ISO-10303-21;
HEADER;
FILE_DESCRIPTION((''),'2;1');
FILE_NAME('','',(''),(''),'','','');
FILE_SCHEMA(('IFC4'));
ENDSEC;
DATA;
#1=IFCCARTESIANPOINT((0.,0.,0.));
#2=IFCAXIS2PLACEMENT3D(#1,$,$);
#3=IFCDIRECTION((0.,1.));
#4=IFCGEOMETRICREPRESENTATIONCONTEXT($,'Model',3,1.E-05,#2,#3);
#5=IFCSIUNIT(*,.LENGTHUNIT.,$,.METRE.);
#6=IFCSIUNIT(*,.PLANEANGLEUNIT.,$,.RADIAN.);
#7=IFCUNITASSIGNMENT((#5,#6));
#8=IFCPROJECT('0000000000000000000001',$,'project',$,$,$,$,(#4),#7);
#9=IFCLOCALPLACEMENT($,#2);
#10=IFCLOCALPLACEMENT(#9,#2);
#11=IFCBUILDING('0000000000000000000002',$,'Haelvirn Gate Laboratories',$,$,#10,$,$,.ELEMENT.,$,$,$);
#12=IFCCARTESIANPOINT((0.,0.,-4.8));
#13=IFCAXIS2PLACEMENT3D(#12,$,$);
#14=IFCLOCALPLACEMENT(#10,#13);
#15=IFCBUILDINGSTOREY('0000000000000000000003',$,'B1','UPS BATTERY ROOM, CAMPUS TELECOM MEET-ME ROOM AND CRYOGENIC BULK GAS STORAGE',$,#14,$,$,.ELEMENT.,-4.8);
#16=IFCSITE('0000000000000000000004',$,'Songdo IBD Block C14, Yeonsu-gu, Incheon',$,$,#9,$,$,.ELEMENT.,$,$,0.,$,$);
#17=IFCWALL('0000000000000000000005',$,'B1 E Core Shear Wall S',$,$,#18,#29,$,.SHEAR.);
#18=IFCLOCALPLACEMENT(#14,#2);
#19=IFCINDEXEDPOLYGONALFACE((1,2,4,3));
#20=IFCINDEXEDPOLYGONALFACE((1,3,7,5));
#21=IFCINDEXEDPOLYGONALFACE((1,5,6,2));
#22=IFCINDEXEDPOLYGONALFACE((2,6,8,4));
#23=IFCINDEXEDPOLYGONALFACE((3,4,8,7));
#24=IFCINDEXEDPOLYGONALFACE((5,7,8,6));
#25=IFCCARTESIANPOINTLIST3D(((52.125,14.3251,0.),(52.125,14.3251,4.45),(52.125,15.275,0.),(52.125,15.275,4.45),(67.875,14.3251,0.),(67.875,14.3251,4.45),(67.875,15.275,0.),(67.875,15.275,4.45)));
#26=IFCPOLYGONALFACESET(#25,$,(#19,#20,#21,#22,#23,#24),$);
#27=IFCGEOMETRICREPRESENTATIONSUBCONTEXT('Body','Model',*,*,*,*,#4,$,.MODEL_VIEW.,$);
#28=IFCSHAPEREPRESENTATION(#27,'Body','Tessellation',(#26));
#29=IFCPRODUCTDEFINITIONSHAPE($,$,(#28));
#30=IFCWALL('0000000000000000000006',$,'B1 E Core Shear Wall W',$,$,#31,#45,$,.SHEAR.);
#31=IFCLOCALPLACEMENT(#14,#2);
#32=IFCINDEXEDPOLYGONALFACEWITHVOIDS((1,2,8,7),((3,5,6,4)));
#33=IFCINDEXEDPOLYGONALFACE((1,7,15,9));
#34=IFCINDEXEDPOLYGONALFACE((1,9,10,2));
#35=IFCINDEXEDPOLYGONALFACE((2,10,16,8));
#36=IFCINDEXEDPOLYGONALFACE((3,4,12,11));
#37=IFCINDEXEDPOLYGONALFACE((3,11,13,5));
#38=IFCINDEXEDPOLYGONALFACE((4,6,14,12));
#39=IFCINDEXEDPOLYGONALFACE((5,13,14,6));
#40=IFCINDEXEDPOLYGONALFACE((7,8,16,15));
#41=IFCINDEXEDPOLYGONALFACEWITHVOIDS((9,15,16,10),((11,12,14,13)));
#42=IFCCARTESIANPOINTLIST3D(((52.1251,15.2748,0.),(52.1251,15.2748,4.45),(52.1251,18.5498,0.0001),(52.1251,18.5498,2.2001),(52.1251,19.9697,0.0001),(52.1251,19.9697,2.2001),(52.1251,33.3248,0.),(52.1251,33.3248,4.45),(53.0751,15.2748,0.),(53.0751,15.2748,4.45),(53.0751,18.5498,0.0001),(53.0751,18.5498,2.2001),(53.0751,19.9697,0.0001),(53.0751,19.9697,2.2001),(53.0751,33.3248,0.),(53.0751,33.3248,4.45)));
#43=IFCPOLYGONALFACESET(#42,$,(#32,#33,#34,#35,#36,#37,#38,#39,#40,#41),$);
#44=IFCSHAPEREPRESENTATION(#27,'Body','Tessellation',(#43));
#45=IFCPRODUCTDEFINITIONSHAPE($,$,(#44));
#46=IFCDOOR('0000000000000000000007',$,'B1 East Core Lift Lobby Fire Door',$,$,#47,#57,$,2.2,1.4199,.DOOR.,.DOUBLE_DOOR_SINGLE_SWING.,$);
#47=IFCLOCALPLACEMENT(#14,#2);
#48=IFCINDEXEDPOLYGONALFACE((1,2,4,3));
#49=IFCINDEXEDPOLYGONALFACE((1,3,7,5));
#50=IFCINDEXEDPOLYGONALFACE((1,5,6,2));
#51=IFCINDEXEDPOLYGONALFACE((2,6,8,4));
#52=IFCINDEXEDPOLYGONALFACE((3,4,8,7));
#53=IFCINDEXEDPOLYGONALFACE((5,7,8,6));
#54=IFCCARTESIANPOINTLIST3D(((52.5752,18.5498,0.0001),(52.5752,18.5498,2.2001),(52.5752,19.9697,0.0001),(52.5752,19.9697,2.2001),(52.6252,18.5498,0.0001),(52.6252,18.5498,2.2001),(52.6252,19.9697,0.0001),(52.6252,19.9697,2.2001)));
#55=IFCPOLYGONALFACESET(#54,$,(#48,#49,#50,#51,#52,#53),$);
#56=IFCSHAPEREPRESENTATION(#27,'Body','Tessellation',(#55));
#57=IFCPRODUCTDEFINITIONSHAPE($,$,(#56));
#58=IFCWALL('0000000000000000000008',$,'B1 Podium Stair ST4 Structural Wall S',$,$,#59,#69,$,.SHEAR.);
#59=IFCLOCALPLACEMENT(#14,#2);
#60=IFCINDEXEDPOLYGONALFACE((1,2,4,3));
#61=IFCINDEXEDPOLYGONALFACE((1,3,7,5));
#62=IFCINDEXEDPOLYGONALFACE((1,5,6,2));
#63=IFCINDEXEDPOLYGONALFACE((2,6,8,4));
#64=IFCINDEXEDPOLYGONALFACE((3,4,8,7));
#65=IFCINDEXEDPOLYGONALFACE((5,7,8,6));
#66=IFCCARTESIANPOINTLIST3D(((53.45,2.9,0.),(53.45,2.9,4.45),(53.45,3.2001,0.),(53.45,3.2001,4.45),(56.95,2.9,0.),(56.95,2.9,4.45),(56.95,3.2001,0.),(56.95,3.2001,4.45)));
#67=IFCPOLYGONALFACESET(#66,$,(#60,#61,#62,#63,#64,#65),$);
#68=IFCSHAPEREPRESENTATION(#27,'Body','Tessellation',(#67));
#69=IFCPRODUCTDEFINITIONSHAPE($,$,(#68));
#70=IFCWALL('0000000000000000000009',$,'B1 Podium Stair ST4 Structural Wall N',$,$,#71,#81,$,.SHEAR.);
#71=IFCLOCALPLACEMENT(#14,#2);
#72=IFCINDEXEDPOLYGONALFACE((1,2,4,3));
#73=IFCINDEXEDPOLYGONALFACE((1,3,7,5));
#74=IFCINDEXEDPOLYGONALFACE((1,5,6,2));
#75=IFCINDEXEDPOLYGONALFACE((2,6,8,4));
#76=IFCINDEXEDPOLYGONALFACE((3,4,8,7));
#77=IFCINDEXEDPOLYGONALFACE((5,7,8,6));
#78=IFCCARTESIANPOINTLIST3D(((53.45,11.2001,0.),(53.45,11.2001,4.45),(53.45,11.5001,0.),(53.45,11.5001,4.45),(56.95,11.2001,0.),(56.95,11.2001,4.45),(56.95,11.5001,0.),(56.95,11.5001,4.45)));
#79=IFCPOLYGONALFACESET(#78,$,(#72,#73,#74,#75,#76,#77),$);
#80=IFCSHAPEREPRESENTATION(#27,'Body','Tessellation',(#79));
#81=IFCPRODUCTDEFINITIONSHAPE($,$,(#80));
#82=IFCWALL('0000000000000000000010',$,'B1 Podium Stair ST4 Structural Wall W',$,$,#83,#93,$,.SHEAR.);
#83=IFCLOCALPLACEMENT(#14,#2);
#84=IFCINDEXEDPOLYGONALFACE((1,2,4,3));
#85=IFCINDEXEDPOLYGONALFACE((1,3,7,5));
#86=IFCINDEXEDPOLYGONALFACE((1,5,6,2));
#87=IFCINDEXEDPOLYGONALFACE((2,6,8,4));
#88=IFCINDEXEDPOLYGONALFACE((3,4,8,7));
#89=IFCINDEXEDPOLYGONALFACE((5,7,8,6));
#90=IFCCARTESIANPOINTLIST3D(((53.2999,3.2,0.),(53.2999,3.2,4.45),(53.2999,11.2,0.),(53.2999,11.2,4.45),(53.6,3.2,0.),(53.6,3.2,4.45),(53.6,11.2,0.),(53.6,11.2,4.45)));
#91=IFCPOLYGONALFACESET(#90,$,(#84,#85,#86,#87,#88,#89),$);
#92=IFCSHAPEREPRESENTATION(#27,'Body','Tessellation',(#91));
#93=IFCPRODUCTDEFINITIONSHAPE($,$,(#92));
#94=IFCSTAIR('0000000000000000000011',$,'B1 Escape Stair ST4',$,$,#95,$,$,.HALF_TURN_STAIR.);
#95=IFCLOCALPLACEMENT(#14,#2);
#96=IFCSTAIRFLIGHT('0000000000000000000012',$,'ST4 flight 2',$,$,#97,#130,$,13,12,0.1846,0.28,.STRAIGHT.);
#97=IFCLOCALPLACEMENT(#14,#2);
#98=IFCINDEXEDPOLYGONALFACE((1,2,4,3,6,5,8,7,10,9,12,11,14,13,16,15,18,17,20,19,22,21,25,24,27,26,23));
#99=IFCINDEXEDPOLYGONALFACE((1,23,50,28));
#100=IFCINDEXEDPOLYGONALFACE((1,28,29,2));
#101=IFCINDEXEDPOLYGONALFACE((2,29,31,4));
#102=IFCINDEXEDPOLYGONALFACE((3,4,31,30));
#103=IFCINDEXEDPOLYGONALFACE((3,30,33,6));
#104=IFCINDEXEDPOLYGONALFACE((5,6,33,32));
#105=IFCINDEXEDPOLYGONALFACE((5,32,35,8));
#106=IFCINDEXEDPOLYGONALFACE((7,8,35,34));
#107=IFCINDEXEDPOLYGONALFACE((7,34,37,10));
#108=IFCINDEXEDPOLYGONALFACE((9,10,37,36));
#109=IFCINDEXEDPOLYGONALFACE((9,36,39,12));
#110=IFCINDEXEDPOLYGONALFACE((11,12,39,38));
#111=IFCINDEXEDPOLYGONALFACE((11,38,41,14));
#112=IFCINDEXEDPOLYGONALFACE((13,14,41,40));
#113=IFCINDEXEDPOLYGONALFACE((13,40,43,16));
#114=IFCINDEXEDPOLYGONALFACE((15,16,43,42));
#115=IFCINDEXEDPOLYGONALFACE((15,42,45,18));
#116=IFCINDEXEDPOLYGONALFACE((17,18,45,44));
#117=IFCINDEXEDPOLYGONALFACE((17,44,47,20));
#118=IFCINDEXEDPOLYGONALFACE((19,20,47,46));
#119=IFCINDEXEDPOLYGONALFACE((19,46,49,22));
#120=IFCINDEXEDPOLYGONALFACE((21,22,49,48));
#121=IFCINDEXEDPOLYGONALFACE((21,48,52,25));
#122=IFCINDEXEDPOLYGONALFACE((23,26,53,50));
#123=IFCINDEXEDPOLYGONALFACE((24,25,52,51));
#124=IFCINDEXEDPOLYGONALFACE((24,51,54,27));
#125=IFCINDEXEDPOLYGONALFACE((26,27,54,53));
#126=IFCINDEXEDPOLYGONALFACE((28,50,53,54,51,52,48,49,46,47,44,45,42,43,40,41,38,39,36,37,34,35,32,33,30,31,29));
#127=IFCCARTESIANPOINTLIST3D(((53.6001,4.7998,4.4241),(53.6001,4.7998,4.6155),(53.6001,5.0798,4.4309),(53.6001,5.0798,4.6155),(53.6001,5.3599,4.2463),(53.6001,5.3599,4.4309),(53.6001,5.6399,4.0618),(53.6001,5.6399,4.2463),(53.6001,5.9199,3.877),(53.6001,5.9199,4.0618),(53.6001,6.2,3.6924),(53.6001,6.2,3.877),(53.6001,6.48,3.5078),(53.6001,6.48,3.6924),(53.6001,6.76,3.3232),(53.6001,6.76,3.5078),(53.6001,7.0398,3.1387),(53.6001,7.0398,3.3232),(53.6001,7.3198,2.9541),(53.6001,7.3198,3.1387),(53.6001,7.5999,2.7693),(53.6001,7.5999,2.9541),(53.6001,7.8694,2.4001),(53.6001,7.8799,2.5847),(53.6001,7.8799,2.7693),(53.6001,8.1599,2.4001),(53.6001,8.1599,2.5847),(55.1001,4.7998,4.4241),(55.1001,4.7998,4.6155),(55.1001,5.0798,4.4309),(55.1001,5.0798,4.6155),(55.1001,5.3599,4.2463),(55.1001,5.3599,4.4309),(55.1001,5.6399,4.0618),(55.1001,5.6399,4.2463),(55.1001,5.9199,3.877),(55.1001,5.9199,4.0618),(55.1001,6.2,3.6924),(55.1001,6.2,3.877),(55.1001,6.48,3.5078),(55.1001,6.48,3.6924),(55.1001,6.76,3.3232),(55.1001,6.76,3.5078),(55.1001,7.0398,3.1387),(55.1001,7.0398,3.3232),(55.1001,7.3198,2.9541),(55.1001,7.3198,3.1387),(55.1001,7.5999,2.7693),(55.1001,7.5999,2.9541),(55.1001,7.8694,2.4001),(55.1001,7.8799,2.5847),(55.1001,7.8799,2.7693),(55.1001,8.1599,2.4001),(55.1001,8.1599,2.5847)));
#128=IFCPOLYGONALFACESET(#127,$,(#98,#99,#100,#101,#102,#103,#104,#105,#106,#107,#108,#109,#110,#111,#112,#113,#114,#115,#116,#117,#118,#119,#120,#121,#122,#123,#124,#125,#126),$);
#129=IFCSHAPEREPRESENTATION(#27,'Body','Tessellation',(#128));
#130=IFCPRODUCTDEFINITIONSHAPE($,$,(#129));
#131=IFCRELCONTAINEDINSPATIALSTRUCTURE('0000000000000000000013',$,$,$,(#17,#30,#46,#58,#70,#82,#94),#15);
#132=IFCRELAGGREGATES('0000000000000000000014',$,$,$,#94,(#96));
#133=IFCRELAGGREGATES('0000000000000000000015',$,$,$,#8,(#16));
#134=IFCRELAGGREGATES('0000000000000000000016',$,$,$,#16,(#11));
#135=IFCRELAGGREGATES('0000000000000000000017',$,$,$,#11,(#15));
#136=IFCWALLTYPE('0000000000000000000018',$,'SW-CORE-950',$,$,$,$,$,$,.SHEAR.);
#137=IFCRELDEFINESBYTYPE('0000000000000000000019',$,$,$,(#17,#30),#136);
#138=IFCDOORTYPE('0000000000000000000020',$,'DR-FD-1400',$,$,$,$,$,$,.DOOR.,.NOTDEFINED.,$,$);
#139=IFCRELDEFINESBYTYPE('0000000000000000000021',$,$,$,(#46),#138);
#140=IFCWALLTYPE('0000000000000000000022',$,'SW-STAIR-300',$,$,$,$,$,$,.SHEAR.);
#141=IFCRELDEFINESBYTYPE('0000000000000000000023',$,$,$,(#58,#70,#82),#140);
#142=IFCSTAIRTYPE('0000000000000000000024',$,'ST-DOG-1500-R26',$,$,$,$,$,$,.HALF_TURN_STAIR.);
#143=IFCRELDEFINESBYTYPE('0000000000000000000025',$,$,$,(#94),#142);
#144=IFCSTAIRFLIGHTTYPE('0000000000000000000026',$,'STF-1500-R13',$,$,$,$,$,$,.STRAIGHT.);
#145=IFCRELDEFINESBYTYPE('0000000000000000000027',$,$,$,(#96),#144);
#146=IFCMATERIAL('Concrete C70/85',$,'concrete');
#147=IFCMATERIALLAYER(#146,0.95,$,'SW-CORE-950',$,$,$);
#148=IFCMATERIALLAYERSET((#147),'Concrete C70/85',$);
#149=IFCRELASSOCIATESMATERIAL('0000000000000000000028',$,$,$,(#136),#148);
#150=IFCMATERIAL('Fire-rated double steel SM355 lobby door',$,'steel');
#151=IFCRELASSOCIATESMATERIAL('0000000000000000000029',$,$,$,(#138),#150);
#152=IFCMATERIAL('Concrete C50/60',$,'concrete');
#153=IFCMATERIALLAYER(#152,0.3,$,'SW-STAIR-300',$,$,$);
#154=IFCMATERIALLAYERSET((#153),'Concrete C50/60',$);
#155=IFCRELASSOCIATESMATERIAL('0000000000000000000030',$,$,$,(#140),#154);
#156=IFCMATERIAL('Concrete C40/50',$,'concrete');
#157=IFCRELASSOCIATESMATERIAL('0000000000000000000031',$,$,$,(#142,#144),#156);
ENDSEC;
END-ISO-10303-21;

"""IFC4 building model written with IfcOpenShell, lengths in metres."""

from ifc_helpers import new_model, si_unit, direction, frame, frame_2d, origin, place, context, subcontext, project, spatial, polyline, rectangle, outline, extrude, source, transform, mapped, material, layer, layer_set, type_object, type_shapes, element, fill, aggregate, save


model = new_model("IFC4")

# Units and contexts
model_context = context("Model", 3, precision=1e-05, world=origin(), true_north=direction((0.0, 1.0)))
body_context = subcontext(model_context, "Body", "Model", "MODEL_VIEW")
ifc_project = project(units=[si_unit("LENGTHUNIT", "METRE"), si_unit("PLANEANGLEUNIT", "RADIAN")], contexts=[model_context])

# Site, building, storey
site_placement = place(None, origin())
site = spatial("IfcSite", under=ifc_project, at=site_placement, Name="Songdo IBD Block C14, Yeonsu-gu, Incheon", CompositionType="ELEMENT", RefElevation=0.0)
building_placement = place(site_placement, origin())
building = spatial("IfcBuilding", under=site, at=building_placement, Name="Haelvirn Gate Laboratories", CompositionType="ELEMENT")
storey_placement = place(building_placement, frame((0.0, 0.0, -4.8)))
storey = spatial("IfcBuildingStorey", under=building, at=storey_placement, Name="B1", Description="UPS BATTERY ROOM, CAMPUS TELECOM MEET-ME ROOM AND CRYOGENIC BULK GAS STORAGE", CompositionType="ELEMENT", Elevation=-4.8)

# Shared definitions
ifc_material_1 = material(Name="Concrete C70/85", Category="concrete")

# Shared definitions
ifc_material_2 = material(Name="Concrete C40/50", Category="concrete")

# Wall
ifc_layer_1 = layer(ifc_material_1, 0.95, Name="SW-CORE-950")
ifc_layer_set_1 = layer_set([ifc_layer_1], Name="Concrete C70/85")
wall_type_1 = type_object("IfcWallType", Name="SW-CORE-950", PredefinedType="SHEAR", material=ifc_layer_set_1)
wall_1_placement = place(storey_placement, frame((52.125, 14.8, 0.0), z_axis=(0.0, 0.0, 1.0), x_axis=(1.0, 0.0, 0.0)))
element("IfcWall", 1, at=wall_1_placement, inside=storey, type_object=wall_type_1, Name="B1 E Core Shear Wall S", PredefinedType="SHEAR", context=body_context, shape_type="SweptSolid", body=[
    extrude(rectangle(XDim=15.75, YDim=0.95, at=frame_2d((7.875, 0.0))), origin(), (0.0, 0.0, 1.0), 4.45),
])

# Wall, opening, door
wall_2_placement = place(storey_placement, frame((52.6001, 15.2749, 0.0), z_axis=(0.0, 0.0, 1.0), x_axis=(0.0, 1.0, 0.0)))
wall_2 = element("IfcWall", 2, at=wall_2_placement, inside=storey, type_object=wall_type_1, Name="B1 E Core Shear Wall W", PredefinedType="SHEAR", context=body_context, shape_type="SweptSolid", body=[
    extrude(rectangle(XDim=18.05, YDim=0.95, at=frame_2d((9.0249, 0.0))), origin(), (0.0, 0.0, 1.0), 4.45),
])
opening_1_placement = place(wall_2_placement, frame((3.2749, 0.0, 0.0)))
opening_1 = element("IfcOpeningElement", 3, at=opening_1_placement, cuts=wall_2, PredefinedType="OPENING", context=body_context, shape_type="SweptSolid", body=[
    extrude(rectangle(XDim=1.4199, YDim=2.2, at=frame_2d((0.71, 1.1001))), frame((0.0, 0.4849, 0.0), z_axis=(0.0, -1.0, 0.0), x_axis=(1.0, 0.0, 0.0)), (0.0, 0.0, 1.0), 0.97),
])
ifc_material_3 = material(Name="Fire-rated double steel SM355 lobby door", Category="steel")
door_type_1 = type_object("IfcDoorType", Name="DR-FD-1400", OperationType="NOTDEFINED", PredefinedType="DOOR", material=ifc_material_3)
shared_shape_1 = source(origin(), body_context, "Body", "SweptSolid", [
    extrude(rectangle(XDim=1.4199, YDim=2.2, at=frame_2d((0.71, 1.1001))), frame((0.0, 0.0249, 0.0), z_axis=(0.0, -1.0, 0.0), x_axis=(1.0, 0.0, 0.0)), (0.0, 0.0, 1.0), 0.05),
])
type_shapes(door_type_1, [shared_shape_1])
door_1_placement = place(opening_1_placement, origin())
door_1 = element("IfcDoor", 4, at=door_1_placement, inside=storey, type_object=door_type_1, Name="B1 East Core Lift Lobby Fire Door", OperationType="DOUBLE_DOOR_SINGLE_SWING", OverallHeight=2.2, OverallWidth=1.4199, PredefinedType="DOOR", context=body_context, shape_type="MappedRepresentation", body=[
    mapped(shared_shape_1, transform((0.0, 0.0, 0.0), scale=1.0)),
])
fill(opening_1, door_1)

# Walls
ifc_material_4 = material(Name="Concrete C50/60", Category="concrete")
ifc_layer_2 = layer(ifc_material_4, 0.3, Name="SW-STAIR-300")
ifc_layer_set_2 = layer_set([ifc_layer_2], Name="Concrete C50/60")
wall_type_2 = type_object("IfcWallType", Name="SW-STAIR-300", PredefinedType="SHEAR", material=ifc_layer_set_2)
for number, where, z_axis, x_axis, name in (
    (5, (53.45, 3.05, 0.0), (0.0, 0.0, 1.0), (1.0, 0.0, 0.0), "B1 Podium Stair ST4 Structural Wall S"),
    (6, (53.45, 11.3501, 0.0), (0.0, 0.0, 1.0), (1.0, 0.0, 0.0), "B1 Podium Stair ST4 Structural Wall N"),
):
    element("IfcWall", number, at=place(storey_placement, frame(where, z_axis=z_axis, x_axis=x_axis)), inside=storey, type_object=wall_type_2, Name=name, PredefinedType="SHEAR", context=body_context, shape_type="SweptSolid", body=[
        extrude(rectangle(XDim=3.5, YDim=0.3, at=frame_2d((1.75, 0.0))), origin(), (0.0, 0.0, 1.0), 4.45),
    ])
wall_3_placement = place(storey_placement, frame((53.45, 3.2, 0.0), z_axis=(0.0, 0.0, 1.0), x_axis=(0.0, 1.0, 0.0)))
element("IfcWall", 7, at=wall_3_placement, inside=storey, type_object=wall_type_2, Name="B1 Podium Stair ST4 Structural Wall W", PredefinedType="SHEAR", context=body_context, shape_type="SweptSolid", body=[
    extrude(rectangle(XDim=8.0, YDim=0.3, at=frame_2d((4.0, 0.0))), origin(), (0.0, 0.0, 1.0), 4.45),
])

# Stair, stair flight
stair_type = type_object("IfcStairType", Name="ST-DOG-1500-R26", PredefinedType="HALF_TURN_STAIR", material=ifc_material_2)
stair_placement = place(storey_placement, origin())
stair = element("IfcStair", 8, at=stair_placement, inside=storey, type_object=stair_type, Name="B1 Escape Stair ST4", PredefinedType="HALF_TURN_STAIR")
stair_flight_type = type_object("IfcStairFlightType", Name="STF-1500-R13", PredefinedType="STRAIGHT", material=ifc_material_2)
shared_shape_2 = source(origin(), body_context, "Body", "SweptSolid", [
    extrude(outline(polyline([(0.0, 0.0), (0.0, 0.1846), (0.28, 0.1846), (0.28, 0.3691), (0.5601, 0.3691), (0.5601, 0.554), (0.8401, 0.554), (0.8401, 0.7385), (1.1201, 0.7385), (1.1201, 0.9231), (1.3999, 0.9231), (1.3999, 1.1077), (1.6799, 1.1077), (1.6799, 1.2922), (1.96, 1.2922), (1.96, 1.4768), (2.24, 1.4768), (2.24, 1.6616), (2.52, 1.6616), (2.52, 1.8462), (2.8, 1.8462), (2.8, 2.0308), (3.0801, 2.0308), (3.0801, 2.2153), (3.3601, 2.2153), (3.3601, 2.3999), (3.3601, 2.0239), (0.2905, 0.0), (0.0, 0.0)])), frame((0.0, 0.75, 0.0), z_axis=(0.0, -1.0, 0.0), x_axis=(1.0, 0.0, 0.0)), (0.0, 0.0, 1.0), 1.5),
])
type_shapes(stair_flight_type, [shared_shape_2])
stair_flight_placement = place(storey_placement, frame((54.3501, 8.1599, 2.4001), z_axis=(0.0, 0.0, 1.0), x_axis=(0.0, -1.0, 0.0)))
stair_flight = element("IfcStairFlight", 9, at=stair_flight_placement, type_object=stair_flight_type, Name="ST4 flight 2", NumberOfRisers=13, NumberOfTreads=12, PredefinedType="STRAIGHT", RiserHeight=0.1846, TreadLength=0.28, context=body_context, shape_type="MappedRepresentation", body=[
    mapped(shared_shape_2, transform((0.0, 0.0, 0.0), scale=1.0)),
])
aggregate(stair, [stair_flight])

save(model, "model.ifc")
